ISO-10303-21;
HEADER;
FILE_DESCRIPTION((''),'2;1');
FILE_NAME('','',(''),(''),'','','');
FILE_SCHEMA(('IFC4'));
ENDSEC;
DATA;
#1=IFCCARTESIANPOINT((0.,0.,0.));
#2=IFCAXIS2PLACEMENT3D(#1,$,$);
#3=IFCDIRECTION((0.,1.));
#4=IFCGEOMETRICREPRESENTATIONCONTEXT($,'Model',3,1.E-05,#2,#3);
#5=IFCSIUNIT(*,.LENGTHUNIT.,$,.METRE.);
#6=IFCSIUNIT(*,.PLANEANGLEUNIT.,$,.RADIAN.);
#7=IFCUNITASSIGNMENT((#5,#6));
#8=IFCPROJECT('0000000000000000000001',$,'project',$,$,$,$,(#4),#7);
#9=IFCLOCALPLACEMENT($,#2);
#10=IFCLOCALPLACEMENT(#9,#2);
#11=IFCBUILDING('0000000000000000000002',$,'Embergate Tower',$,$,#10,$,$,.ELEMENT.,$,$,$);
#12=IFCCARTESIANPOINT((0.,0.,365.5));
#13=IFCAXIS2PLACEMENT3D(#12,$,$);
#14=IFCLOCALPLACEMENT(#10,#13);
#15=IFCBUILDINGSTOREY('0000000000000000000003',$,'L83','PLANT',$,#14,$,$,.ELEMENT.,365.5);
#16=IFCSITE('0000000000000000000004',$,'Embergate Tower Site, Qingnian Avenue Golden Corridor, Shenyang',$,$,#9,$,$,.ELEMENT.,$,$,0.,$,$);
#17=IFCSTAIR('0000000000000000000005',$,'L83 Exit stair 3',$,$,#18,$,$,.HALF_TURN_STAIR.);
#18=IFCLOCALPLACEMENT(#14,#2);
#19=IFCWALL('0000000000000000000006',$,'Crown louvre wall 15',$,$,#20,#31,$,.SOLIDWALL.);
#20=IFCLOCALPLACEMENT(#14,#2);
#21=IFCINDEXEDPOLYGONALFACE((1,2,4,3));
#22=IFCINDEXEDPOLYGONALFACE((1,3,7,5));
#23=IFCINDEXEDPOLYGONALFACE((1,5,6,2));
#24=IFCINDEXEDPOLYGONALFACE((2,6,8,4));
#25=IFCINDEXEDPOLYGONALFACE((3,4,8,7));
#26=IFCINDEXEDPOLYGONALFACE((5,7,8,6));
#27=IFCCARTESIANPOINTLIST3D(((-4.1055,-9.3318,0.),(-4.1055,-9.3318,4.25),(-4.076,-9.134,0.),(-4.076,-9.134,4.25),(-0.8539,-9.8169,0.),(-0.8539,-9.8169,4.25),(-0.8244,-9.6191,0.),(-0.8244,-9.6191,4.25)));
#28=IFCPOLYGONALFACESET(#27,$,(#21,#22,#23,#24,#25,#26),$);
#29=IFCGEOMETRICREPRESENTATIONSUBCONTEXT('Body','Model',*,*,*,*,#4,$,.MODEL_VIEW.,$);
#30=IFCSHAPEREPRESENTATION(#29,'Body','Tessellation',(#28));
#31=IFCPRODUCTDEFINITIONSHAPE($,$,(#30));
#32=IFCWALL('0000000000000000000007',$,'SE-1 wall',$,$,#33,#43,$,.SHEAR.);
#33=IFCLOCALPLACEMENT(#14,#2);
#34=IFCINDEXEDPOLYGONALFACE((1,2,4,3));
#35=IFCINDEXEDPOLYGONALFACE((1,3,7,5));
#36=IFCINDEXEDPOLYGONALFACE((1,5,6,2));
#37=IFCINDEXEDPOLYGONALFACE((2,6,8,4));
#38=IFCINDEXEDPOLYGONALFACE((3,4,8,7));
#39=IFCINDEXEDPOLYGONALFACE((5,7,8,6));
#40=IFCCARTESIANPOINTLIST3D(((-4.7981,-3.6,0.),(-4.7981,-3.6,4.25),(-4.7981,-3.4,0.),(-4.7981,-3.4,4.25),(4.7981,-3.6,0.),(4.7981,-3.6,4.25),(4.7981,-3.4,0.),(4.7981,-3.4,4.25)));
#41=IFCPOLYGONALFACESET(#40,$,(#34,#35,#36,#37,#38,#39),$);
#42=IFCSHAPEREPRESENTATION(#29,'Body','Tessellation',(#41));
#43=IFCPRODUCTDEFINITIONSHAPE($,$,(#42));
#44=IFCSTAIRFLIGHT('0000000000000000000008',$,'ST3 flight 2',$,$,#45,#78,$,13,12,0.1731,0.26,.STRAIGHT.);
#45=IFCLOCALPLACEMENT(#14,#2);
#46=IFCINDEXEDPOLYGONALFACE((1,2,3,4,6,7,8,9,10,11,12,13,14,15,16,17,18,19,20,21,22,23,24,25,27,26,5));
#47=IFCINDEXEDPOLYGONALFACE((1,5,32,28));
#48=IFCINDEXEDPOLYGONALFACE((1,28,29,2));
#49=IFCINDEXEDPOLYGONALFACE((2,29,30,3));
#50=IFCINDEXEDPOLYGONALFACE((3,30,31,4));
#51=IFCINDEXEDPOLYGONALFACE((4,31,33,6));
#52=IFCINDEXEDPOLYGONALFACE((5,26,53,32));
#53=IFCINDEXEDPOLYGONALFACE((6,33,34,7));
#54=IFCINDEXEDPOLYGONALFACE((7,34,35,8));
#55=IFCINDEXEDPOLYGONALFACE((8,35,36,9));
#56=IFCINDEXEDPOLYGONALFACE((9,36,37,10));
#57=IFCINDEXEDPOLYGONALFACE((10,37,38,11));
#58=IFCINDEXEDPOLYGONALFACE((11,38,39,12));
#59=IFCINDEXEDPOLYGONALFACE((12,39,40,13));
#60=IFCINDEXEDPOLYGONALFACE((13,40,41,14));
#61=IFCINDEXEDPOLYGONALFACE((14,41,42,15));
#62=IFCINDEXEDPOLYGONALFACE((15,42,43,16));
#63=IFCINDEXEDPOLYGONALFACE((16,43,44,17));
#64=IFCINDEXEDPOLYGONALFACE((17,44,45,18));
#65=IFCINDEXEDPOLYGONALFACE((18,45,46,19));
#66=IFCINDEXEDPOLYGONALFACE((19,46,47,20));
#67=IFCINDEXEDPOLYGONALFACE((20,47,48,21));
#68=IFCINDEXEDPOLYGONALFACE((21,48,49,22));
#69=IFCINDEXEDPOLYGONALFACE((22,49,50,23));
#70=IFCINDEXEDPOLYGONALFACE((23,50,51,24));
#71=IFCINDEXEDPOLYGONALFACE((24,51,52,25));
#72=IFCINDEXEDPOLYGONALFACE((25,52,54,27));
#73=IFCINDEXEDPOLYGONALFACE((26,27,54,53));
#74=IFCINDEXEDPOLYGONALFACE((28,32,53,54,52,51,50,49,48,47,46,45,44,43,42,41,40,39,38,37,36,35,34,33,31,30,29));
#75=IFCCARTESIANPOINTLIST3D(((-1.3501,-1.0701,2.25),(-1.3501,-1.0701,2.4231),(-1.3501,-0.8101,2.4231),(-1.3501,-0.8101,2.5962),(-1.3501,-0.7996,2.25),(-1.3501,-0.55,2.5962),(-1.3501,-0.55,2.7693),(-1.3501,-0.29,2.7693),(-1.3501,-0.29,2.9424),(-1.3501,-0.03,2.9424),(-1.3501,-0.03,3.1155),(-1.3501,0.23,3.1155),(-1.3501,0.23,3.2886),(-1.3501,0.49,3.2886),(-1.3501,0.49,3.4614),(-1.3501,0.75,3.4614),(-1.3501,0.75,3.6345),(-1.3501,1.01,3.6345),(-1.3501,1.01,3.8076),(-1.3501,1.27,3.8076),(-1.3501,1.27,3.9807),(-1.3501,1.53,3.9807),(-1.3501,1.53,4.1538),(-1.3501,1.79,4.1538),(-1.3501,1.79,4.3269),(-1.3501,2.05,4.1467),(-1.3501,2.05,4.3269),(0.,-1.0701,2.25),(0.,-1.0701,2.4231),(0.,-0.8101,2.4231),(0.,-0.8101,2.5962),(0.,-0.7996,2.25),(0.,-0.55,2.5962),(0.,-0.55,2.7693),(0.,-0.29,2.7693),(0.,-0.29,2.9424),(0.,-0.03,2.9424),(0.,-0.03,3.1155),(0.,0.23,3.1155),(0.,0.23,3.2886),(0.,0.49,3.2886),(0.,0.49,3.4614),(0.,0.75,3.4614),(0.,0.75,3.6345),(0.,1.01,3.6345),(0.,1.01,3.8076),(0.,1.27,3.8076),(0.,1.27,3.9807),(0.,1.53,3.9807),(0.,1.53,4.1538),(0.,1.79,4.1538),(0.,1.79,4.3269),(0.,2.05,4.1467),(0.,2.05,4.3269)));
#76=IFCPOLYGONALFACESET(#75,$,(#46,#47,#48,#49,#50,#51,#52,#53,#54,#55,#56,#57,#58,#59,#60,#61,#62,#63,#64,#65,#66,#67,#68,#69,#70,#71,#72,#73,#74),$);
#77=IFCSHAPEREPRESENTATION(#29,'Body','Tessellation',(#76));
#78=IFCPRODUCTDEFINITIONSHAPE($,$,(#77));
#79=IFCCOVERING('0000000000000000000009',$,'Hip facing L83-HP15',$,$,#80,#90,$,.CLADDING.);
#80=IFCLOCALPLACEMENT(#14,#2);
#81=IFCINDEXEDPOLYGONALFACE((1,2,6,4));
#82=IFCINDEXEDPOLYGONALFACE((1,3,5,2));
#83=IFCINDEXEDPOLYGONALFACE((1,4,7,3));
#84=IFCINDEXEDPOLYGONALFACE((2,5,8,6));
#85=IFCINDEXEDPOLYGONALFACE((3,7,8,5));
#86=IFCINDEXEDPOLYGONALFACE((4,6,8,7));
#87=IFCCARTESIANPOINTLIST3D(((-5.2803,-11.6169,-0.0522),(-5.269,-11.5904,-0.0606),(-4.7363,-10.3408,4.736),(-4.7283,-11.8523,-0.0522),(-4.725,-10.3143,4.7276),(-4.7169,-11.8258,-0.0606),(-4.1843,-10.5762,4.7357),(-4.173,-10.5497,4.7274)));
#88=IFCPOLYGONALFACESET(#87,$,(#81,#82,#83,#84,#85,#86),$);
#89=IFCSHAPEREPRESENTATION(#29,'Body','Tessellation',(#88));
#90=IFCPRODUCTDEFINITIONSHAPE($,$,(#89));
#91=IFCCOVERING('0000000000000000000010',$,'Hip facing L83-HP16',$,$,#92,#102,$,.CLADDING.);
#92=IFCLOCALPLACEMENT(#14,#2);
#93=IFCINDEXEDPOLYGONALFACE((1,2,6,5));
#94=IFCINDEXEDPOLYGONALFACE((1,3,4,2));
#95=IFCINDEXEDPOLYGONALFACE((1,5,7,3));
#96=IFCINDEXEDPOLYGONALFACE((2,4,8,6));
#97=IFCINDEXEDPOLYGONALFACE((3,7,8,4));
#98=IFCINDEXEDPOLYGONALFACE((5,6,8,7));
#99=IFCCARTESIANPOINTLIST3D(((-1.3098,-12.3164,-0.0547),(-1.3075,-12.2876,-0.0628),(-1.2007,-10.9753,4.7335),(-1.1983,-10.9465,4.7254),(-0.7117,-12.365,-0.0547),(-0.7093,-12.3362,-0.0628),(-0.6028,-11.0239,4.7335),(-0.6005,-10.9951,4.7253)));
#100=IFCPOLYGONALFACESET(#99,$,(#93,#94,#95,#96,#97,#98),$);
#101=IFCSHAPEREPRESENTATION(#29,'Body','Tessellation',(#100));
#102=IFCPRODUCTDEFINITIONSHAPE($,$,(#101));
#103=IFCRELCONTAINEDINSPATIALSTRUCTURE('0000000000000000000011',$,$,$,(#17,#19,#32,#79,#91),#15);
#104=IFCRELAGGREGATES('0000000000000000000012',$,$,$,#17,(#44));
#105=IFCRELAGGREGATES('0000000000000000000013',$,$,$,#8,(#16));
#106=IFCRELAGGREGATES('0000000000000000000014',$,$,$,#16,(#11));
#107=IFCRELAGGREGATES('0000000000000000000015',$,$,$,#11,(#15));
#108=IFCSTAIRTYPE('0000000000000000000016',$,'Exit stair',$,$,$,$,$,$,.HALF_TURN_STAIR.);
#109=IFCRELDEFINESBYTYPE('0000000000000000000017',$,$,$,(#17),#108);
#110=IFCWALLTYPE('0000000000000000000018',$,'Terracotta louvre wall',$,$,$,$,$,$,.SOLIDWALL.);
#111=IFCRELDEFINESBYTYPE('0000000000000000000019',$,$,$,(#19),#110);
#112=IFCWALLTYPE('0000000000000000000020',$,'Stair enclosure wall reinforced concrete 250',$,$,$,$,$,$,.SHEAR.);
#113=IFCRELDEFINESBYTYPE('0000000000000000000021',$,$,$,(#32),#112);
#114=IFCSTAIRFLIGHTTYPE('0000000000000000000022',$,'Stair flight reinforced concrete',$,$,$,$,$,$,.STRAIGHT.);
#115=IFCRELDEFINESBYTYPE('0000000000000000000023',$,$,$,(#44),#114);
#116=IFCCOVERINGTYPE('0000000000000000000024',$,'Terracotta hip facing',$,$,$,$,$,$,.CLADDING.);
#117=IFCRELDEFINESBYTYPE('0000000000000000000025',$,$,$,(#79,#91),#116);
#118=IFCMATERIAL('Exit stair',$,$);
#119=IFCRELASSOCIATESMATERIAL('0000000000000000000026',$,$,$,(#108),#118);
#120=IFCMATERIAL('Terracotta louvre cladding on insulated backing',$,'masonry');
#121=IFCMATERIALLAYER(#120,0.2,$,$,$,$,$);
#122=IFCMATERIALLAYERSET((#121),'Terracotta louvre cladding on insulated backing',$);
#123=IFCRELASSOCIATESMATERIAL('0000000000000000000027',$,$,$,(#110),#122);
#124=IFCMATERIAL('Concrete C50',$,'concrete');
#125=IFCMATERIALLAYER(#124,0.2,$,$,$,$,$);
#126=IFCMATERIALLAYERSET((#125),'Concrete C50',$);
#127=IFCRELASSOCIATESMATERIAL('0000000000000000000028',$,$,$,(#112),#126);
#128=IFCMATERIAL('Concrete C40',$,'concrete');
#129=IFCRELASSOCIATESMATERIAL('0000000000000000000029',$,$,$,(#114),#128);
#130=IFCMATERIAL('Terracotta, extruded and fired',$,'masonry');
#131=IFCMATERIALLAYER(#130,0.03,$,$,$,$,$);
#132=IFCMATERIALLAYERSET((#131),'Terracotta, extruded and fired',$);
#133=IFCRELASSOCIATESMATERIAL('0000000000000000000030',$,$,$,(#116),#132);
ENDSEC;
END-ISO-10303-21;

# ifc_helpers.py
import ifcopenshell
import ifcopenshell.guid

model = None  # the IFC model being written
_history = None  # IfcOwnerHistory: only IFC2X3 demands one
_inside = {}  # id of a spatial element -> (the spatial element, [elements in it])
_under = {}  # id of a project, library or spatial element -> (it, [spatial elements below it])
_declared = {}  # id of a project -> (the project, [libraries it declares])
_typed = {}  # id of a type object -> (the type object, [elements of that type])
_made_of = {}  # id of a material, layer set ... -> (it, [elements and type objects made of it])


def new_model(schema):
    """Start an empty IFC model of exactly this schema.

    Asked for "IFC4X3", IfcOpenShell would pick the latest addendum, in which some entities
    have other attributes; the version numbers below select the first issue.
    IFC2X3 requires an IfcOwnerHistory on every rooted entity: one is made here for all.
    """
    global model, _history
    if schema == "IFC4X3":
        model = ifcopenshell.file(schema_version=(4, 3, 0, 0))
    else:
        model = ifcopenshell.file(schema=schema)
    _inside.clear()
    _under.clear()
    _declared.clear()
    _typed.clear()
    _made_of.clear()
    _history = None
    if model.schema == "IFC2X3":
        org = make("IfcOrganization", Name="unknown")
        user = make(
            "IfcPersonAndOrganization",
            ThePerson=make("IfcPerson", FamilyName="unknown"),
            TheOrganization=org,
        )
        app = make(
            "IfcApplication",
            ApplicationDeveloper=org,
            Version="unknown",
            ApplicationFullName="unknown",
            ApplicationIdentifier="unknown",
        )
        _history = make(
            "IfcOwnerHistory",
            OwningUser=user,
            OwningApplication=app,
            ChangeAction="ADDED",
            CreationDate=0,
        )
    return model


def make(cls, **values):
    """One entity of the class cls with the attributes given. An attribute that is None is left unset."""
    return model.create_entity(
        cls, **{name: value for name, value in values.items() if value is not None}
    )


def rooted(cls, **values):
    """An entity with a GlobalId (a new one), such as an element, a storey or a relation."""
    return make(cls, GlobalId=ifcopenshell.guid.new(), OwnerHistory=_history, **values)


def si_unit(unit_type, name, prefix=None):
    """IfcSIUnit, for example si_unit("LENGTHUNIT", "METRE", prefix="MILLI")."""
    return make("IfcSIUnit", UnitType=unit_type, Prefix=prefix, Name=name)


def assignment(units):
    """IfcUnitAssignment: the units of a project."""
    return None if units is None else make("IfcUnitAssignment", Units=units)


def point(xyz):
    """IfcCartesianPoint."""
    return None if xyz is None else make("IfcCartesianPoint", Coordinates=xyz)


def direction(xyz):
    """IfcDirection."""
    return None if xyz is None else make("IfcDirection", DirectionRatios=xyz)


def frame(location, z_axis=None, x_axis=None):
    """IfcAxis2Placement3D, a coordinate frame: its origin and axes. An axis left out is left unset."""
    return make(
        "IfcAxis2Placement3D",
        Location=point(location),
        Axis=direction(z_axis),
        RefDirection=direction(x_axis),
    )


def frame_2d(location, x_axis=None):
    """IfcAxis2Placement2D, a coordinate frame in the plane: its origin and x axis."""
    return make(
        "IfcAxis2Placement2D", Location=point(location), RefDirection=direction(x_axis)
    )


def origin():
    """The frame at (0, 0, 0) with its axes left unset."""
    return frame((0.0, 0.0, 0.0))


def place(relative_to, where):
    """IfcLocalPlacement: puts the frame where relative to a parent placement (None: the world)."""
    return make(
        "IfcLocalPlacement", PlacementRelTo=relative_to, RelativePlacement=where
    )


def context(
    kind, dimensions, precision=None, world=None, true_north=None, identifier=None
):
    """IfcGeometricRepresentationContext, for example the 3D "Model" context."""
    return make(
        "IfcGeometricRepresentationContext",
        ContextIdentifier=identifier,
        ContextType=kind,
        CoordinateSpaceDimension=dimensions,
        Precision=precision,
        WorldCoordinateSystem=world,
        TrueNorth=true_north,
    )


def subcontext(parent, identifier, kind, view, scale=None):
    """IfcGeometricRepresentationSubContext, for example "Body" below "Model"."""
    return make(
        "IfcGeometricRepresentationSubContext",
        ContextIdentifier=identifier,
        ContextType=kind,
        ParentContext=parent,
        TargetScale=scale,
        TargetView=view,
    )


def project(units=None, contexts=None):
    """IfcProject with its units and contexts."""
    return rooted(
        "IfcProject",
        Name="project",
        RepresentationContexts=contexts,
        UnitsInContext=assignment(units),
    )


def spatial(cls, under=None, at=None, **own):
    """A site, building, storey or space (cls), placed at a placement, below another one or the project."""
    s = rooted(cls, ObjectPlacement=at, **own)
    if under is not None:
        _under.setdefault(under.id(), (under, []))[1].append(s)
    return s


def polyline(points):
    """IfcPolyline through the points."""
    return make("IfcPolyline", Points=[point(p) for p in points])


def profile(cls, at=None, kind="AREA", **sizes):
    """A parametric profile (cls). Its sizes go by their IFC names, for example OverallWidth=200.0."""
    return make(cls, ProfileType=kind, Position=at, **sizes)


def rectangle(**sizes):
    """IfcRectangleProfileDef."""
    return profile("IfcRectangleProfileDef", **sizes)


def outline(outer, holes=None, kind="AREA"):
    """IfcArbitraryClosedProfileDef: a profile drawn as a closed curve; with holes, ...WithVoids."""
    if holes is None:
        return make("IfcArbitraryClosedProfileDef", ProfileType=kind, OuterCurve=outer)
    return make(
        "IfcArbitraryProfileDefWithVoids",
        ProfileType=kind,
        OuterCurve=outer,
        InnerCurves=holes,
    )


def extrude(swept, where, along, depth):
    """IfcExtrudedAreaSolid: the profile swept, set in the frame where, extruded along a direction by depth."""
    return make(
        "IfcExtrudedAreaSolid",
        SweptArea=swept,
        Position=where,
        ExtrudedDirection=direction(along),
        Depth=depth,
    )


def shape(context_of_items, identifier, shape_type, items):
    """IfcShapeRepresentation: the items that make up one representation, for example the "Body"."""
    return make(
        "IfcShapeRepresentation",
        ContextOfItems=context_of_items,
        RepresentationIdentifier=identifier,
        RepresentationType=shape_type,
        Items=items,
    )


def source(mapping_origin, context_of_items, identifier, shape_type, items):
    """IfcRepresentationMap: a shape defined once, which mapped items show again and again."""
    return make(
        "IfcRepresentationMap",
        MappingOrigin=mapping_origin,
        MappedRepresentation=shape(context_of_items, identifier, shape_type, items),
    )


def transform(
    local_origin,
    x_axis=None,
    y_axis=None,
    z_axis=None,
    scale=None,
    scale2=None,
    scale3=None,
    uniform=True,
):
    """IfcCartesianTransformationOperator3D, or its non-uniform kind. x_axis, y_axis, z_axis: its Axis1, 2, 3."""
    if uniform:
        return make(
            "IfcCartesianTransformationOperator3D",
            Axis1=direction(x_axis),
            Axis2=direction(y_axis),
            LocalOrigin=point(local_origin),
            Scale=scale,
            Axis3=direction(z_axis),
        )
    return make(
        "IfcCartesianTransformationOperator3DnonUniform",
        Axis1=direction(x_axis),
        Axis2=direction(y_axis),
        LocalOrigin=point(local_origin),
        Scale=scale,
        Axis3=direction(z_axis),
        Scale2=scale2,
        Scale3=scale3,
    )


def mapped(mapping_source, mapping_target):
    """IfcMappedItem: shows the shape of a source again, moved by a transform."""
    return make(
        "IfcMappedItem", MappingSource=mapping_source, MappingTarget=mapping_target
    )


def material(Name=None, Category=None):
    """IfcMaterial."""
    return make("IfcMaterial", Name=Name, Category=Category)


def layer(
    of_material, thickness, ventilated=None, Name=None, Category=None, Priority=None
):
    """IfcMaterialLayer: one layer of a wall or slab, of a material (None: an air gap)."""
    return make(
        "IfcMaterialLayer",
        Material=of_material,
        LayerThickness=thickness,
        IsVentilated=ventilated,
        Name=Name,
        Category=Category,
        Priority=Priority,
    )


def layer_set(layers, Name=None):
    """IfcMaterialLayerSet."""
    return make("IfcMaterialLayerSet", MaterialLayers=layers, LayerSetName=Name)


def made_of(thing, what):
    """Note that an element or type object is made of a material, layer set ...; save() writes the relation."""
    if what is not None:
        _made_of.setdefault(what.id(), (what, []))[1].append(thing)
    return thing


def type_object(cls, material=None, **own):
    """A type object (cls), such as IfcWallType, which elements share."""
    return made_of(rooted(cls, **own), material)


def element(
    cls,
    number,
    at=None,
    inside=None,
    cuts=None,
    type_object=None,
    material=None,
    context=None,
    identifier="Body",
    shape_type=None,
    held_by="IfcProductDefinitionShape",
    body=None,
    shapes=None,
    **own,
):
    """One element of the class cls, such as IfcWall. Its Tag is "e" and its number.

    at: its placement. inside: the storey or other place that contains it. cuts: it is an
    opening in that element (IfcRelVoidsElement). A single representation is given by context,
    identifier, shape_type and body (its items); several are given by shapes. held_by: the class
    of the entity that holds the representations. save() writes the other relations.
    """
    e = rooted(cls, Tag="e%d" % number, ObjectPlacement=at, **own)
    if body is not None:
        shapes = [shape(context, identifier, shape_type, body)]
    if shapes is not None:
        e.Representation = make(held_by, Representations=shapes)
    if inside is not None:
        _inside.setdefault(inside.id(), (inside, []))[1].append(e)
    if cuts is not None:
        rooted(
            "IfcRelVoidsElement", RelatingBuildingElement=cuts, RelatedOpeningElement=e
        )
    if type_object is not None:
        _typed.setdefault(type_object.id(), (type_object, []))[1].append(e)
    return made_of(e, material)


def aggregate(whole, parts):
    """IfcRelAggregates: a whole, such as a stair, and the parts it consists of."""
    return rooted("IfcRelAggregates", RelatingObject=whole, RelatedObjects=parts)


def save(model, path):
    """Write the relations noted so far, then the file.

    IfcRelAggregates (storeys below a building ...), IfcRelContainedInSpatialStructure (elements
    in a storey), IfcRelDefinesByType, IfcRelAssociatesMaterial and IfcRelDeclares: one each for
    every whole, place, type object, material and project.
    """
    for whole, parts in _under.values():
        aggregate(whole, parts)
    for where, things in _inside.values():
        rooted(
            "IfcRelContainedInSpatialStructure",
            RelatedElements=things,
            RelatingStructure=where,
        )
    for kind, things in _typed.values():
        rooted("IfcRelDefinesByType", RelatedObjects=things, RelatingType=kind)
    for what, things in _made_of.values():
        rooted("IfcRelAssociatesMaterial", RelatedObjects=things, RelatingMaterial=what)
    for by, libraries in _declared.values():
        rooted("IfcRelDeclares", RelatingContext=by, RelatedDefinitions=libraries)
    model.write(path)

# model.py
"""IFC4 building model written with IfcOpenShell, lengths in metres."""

from ifc_helpers import new_model, si_unit, direction, frame, frame_2d, origin, place, context, subcontext, project, spatial, polyline, rectangle, outline, extrude, source, transform, mapped, material, layer, layer_set, type_object, element, aggregate, save


model = new_model("IFC4")

# Units and contexts
model_context = context("Model", 3, precision=1e-05, world=origin(), true_north=direction((0.0, 1.0)))
body_context = subcontext(model_context, "Body", "Model", "MODEL_VIEW")
ifc_project = project(units=[si_unit("LENGTHUNIT", "METRE"), si_unit("PLANEANGLEUNIT", "RADIAN")], contexts=[model_context])

# Site, building, storey
site_placement = place(None, origin())
site = spatial("IfcSite", under=ifc_project, at=site_placement, Name="Embergate Tower Site, Qingnian Avenue Golden Corridor, Shenyang", CompositionType="ELEMENT", RefElevation=0.0)
building_placement = place(site_placement, origin())
building = spatial("IfcBuilding", under=site, at=building_placement, Name="Embergate Tower", CompositionType="ELEMENT")
storey_placement = place(building_placement, frame((0.0, 0.0, 365.5)))
storey = spatial("IfcBuildingStorey", under=building, at=storey_placement, Name="L83", Description="PLANT", CompositionType="ELEMENT", Elevation=365.5)

# Shared definitions
ifc_material_1 = material(Name="Concrete C50", Category="concrete")

# Stair
ifc_material_2 = material(Name="Exit stair")
stair_type = type_object("IfcStairType", Name="Exit stair", PredefinedType="HALF_TURN_STAIR", material=ifc_material_2)
stair_placement = place(storey_placement, origin())
stair = element("IfcStair", 1, at=stair_placement, inside=storey, type_object=stair_type, Name="L83 Exit stair 3", PredefinedType="HALF_TURN_STAIR")
ifc_material_3 = material(Name="Concrete C40", Category="concrete")

# Walls
ifc_material_4 = material(Name="Terracotta louvre cladding on insulated backing", Category="masonry")
ifc_layer_1 = layer(ifc_material_4, 0.2)
ifc_layer_set_1 = layer_set([ifc_layer_1], Name="Terracotta louvre cladding on insulated backing")
wall_type_1 = type_object("IfcWallType", Name="Terracotta louvre wall", PredefinedType="SOLIDWALL", material=ifc_layer_set_1)
shared_shape_1 = source(origin(), body_context, "Body", "SweptSolid", [
    extrude(rectangle(XDim=3.2876, YDim=0.2, at=frame_2d((1.6438, 0.0))), origin(), (0.0, 0.0, 1.0), 4.25),
])
wall_1_placement = place(storey_placement, frame((-0.8391, -9.718, 0.0), z_axis=(0.0, 0.0, 1.0), x_axis=(-0.989054, 0.147552, 0.0)))
element("IfcWall", 2, at=wall_1_placement, inside=storey, type_object=wall_type_1, Name="Crown louvre wall 15", PredefinedType="SOLIDWALL", context=body_context, shape_type="MappedRepresentation", body=[
    mapped(shared_shape_1, transform((0.0, 0.0, 0.0))),
])
ifc_layer_2 = layer(ifc_material_1, 0.2)
ifc_layer_set_2 = layer_set([ifc_layer_2], Name="Concrete C50")
wall_type_2 = type_object("IfcWallType", Name="Stair enclosure wall reinforced concrete 250", PredefinedType="SHEAR", material=ifc_layer_set_2)
shared_shape_2 = source(origin(), body_context, "Body", "SweptSolid", [
    extrude(rectangle(XDim=9.5962, YDim=0.2, at=frame_2d((4.7981, 0.0))), origin(), (0.0, 0.0, 1.0), 4.25),
])
wall_2_placement = place(storey_placement, frame((-4.7981, -3.5, 0.0), z_axis=(0.0, 0.0, 1.0), x_axis=(1.0, 0.0, 0.0)))
element("IfcWall", 3, at=wall_2_placement, inside=storey, type_object=wall_type_2, Name="SE-1 wall", PredefinedType="SHEAR", context=body_context, shape_type="MappedRepresentation", body=[
    mapped(shared_shape_2, transform((0.0, 0.0, 0.0))),
])

# Stair flight
stair_flight_type = type_object("IfcStairFlightType", Name="Stair flight reinforced concrete", PredefinedType="STRAIGHT", material=ifc_material_3)
shared_shape_3 = source(origin(), body_context, "Body", "SweptSolid", [
    extrude(outline(polyline([(0.0, 0.0), (0.0, 0.1731), (0.26, 0.1731), (0.26, 0.3462), (0.52, 0.3462), (0.52, 0.5193), (0.78, 0.5193), (0.78, 0.6924), (1.04, 0.6924), (1.04, 0.8655), (1.3, 0.8655), (1.3, 1.0386), (1.5601, 1.0386), (1.5601, 1.2114), (1.8201, 1.2114), (1.8201, 1.3845), (2.0801, 1.3845), (2.0801, 1.5576), (2.3401, 1.5576), (2.3401, 1.7307), (2.6001, 1.7307), (2.6001, 1.9038), (2.8601, 1.9038), (2.8601, 2.0769), (3.1201, 2.0769), (3.1201, 2.25), (3.1201, 1.8967), (0.2705, 0.0), (0.0, 0.0)])), frame((0.0, 0.675, 0.0), z_axis=(0.0, -1.0, 0.0), x_axis=(1.0, 0.0, 0.0)), (0.0, 0.0, 1.0), 1.3501),
])
stair_flight_placement = place(storey_placement, frame((-0.675, -1.0701, 2.25), z_axis=(0.0, 0.0, 1.0), x_axis=(0.0, 1.0, 0.0)))
stair_flight = element("IfcStairFlight", 4, at=stair_flight_placement, type_object=stair_flight_type, Name="ST3 flight 2", NumberOfRisers=13, NumberOfTreads=12, PredefinedType="STRAIGHT", RiserHeight=0.1731, TreadLength=0.26, context=body_context, shape_type="MappedRepresentation", body=[
    mapped(shared_shape_3, transform((0.0, 0.0, 0.0))),
])
aggregate(stair, [stair_flight])

# Coverings
ifc_material_5 = material(Name="Terracotta, extruded and fired", Category="masonry")
ifc_layer_3 = layer(ifc_material_5, 0.03)
ifc_layer_set_3 = layer_set([ifc_layer_3], Name="Terracotta, extruded and fired")
covering_type = type_object("IfcCoveringType", Name="Terracotta hip facing", PredefinedType="CLADDING", material=ifc_layer_set_3)
shared_shape_4 = source(origin(), body_context, "Body", "SweptSolid", [
    extrude(outline(polyline([(0.0, 0.0), (4.9851, 0.0), (4.9849, -0.6001), (0.0, -0.6001), (0.0, 0.0)])), origin(), (0.0, 0.0, -1.0), 0.03),
])
covering_1_placement = place(storey_placement, frame((-5.2803, -11.6169, -0.0522), z_axis=(-0.376708, -0.883545, 0.278278), x_axis=(0.109117, 0.255993, 0.9605)))
element("IfcCovering", 5, at=covering_1_placement, inside=storey, type_object=covering_type, Name="Hip facing L83-HP15", PredefinedType="CLADDING", context=body_context, shape_type="MappedRepresentation", body=[
    mapped(shared_shape_4, transform((0.0, 0.0, 0.0))),
])
shared_shape_5 = source(origin(), body_context, "Body", "SweptSolid", [
    extrude(outline(polyline([(0.0, 0.0), (4.9736, 0.0), (4.9736, -0.5999), (0.0, -0.6001), (0.0, 0.0)])), origin(), (0.0, 0.0, -1.0), 0.03),
])
covering_2_placement = place(storey_placement, frame((-1.3098, -12.3164, -0.0547), z_axis=(-0.077955, -0.95955, 0.270529), x_axis=(0.021942, 0.269638, 0.962712)))
element("IfcCovering", 6, at=covering_2_placement, inside=storey, type_object=covering_type, Name="Hip facing L83-HP16", PredefinedType="CLADDING", context=body_context, shape_type="MappedRepresentation", body=[
    mapped(shared_shape_5, transform((0.0, 0.0, 0.0))),
])

save(model, "model.ifc")
